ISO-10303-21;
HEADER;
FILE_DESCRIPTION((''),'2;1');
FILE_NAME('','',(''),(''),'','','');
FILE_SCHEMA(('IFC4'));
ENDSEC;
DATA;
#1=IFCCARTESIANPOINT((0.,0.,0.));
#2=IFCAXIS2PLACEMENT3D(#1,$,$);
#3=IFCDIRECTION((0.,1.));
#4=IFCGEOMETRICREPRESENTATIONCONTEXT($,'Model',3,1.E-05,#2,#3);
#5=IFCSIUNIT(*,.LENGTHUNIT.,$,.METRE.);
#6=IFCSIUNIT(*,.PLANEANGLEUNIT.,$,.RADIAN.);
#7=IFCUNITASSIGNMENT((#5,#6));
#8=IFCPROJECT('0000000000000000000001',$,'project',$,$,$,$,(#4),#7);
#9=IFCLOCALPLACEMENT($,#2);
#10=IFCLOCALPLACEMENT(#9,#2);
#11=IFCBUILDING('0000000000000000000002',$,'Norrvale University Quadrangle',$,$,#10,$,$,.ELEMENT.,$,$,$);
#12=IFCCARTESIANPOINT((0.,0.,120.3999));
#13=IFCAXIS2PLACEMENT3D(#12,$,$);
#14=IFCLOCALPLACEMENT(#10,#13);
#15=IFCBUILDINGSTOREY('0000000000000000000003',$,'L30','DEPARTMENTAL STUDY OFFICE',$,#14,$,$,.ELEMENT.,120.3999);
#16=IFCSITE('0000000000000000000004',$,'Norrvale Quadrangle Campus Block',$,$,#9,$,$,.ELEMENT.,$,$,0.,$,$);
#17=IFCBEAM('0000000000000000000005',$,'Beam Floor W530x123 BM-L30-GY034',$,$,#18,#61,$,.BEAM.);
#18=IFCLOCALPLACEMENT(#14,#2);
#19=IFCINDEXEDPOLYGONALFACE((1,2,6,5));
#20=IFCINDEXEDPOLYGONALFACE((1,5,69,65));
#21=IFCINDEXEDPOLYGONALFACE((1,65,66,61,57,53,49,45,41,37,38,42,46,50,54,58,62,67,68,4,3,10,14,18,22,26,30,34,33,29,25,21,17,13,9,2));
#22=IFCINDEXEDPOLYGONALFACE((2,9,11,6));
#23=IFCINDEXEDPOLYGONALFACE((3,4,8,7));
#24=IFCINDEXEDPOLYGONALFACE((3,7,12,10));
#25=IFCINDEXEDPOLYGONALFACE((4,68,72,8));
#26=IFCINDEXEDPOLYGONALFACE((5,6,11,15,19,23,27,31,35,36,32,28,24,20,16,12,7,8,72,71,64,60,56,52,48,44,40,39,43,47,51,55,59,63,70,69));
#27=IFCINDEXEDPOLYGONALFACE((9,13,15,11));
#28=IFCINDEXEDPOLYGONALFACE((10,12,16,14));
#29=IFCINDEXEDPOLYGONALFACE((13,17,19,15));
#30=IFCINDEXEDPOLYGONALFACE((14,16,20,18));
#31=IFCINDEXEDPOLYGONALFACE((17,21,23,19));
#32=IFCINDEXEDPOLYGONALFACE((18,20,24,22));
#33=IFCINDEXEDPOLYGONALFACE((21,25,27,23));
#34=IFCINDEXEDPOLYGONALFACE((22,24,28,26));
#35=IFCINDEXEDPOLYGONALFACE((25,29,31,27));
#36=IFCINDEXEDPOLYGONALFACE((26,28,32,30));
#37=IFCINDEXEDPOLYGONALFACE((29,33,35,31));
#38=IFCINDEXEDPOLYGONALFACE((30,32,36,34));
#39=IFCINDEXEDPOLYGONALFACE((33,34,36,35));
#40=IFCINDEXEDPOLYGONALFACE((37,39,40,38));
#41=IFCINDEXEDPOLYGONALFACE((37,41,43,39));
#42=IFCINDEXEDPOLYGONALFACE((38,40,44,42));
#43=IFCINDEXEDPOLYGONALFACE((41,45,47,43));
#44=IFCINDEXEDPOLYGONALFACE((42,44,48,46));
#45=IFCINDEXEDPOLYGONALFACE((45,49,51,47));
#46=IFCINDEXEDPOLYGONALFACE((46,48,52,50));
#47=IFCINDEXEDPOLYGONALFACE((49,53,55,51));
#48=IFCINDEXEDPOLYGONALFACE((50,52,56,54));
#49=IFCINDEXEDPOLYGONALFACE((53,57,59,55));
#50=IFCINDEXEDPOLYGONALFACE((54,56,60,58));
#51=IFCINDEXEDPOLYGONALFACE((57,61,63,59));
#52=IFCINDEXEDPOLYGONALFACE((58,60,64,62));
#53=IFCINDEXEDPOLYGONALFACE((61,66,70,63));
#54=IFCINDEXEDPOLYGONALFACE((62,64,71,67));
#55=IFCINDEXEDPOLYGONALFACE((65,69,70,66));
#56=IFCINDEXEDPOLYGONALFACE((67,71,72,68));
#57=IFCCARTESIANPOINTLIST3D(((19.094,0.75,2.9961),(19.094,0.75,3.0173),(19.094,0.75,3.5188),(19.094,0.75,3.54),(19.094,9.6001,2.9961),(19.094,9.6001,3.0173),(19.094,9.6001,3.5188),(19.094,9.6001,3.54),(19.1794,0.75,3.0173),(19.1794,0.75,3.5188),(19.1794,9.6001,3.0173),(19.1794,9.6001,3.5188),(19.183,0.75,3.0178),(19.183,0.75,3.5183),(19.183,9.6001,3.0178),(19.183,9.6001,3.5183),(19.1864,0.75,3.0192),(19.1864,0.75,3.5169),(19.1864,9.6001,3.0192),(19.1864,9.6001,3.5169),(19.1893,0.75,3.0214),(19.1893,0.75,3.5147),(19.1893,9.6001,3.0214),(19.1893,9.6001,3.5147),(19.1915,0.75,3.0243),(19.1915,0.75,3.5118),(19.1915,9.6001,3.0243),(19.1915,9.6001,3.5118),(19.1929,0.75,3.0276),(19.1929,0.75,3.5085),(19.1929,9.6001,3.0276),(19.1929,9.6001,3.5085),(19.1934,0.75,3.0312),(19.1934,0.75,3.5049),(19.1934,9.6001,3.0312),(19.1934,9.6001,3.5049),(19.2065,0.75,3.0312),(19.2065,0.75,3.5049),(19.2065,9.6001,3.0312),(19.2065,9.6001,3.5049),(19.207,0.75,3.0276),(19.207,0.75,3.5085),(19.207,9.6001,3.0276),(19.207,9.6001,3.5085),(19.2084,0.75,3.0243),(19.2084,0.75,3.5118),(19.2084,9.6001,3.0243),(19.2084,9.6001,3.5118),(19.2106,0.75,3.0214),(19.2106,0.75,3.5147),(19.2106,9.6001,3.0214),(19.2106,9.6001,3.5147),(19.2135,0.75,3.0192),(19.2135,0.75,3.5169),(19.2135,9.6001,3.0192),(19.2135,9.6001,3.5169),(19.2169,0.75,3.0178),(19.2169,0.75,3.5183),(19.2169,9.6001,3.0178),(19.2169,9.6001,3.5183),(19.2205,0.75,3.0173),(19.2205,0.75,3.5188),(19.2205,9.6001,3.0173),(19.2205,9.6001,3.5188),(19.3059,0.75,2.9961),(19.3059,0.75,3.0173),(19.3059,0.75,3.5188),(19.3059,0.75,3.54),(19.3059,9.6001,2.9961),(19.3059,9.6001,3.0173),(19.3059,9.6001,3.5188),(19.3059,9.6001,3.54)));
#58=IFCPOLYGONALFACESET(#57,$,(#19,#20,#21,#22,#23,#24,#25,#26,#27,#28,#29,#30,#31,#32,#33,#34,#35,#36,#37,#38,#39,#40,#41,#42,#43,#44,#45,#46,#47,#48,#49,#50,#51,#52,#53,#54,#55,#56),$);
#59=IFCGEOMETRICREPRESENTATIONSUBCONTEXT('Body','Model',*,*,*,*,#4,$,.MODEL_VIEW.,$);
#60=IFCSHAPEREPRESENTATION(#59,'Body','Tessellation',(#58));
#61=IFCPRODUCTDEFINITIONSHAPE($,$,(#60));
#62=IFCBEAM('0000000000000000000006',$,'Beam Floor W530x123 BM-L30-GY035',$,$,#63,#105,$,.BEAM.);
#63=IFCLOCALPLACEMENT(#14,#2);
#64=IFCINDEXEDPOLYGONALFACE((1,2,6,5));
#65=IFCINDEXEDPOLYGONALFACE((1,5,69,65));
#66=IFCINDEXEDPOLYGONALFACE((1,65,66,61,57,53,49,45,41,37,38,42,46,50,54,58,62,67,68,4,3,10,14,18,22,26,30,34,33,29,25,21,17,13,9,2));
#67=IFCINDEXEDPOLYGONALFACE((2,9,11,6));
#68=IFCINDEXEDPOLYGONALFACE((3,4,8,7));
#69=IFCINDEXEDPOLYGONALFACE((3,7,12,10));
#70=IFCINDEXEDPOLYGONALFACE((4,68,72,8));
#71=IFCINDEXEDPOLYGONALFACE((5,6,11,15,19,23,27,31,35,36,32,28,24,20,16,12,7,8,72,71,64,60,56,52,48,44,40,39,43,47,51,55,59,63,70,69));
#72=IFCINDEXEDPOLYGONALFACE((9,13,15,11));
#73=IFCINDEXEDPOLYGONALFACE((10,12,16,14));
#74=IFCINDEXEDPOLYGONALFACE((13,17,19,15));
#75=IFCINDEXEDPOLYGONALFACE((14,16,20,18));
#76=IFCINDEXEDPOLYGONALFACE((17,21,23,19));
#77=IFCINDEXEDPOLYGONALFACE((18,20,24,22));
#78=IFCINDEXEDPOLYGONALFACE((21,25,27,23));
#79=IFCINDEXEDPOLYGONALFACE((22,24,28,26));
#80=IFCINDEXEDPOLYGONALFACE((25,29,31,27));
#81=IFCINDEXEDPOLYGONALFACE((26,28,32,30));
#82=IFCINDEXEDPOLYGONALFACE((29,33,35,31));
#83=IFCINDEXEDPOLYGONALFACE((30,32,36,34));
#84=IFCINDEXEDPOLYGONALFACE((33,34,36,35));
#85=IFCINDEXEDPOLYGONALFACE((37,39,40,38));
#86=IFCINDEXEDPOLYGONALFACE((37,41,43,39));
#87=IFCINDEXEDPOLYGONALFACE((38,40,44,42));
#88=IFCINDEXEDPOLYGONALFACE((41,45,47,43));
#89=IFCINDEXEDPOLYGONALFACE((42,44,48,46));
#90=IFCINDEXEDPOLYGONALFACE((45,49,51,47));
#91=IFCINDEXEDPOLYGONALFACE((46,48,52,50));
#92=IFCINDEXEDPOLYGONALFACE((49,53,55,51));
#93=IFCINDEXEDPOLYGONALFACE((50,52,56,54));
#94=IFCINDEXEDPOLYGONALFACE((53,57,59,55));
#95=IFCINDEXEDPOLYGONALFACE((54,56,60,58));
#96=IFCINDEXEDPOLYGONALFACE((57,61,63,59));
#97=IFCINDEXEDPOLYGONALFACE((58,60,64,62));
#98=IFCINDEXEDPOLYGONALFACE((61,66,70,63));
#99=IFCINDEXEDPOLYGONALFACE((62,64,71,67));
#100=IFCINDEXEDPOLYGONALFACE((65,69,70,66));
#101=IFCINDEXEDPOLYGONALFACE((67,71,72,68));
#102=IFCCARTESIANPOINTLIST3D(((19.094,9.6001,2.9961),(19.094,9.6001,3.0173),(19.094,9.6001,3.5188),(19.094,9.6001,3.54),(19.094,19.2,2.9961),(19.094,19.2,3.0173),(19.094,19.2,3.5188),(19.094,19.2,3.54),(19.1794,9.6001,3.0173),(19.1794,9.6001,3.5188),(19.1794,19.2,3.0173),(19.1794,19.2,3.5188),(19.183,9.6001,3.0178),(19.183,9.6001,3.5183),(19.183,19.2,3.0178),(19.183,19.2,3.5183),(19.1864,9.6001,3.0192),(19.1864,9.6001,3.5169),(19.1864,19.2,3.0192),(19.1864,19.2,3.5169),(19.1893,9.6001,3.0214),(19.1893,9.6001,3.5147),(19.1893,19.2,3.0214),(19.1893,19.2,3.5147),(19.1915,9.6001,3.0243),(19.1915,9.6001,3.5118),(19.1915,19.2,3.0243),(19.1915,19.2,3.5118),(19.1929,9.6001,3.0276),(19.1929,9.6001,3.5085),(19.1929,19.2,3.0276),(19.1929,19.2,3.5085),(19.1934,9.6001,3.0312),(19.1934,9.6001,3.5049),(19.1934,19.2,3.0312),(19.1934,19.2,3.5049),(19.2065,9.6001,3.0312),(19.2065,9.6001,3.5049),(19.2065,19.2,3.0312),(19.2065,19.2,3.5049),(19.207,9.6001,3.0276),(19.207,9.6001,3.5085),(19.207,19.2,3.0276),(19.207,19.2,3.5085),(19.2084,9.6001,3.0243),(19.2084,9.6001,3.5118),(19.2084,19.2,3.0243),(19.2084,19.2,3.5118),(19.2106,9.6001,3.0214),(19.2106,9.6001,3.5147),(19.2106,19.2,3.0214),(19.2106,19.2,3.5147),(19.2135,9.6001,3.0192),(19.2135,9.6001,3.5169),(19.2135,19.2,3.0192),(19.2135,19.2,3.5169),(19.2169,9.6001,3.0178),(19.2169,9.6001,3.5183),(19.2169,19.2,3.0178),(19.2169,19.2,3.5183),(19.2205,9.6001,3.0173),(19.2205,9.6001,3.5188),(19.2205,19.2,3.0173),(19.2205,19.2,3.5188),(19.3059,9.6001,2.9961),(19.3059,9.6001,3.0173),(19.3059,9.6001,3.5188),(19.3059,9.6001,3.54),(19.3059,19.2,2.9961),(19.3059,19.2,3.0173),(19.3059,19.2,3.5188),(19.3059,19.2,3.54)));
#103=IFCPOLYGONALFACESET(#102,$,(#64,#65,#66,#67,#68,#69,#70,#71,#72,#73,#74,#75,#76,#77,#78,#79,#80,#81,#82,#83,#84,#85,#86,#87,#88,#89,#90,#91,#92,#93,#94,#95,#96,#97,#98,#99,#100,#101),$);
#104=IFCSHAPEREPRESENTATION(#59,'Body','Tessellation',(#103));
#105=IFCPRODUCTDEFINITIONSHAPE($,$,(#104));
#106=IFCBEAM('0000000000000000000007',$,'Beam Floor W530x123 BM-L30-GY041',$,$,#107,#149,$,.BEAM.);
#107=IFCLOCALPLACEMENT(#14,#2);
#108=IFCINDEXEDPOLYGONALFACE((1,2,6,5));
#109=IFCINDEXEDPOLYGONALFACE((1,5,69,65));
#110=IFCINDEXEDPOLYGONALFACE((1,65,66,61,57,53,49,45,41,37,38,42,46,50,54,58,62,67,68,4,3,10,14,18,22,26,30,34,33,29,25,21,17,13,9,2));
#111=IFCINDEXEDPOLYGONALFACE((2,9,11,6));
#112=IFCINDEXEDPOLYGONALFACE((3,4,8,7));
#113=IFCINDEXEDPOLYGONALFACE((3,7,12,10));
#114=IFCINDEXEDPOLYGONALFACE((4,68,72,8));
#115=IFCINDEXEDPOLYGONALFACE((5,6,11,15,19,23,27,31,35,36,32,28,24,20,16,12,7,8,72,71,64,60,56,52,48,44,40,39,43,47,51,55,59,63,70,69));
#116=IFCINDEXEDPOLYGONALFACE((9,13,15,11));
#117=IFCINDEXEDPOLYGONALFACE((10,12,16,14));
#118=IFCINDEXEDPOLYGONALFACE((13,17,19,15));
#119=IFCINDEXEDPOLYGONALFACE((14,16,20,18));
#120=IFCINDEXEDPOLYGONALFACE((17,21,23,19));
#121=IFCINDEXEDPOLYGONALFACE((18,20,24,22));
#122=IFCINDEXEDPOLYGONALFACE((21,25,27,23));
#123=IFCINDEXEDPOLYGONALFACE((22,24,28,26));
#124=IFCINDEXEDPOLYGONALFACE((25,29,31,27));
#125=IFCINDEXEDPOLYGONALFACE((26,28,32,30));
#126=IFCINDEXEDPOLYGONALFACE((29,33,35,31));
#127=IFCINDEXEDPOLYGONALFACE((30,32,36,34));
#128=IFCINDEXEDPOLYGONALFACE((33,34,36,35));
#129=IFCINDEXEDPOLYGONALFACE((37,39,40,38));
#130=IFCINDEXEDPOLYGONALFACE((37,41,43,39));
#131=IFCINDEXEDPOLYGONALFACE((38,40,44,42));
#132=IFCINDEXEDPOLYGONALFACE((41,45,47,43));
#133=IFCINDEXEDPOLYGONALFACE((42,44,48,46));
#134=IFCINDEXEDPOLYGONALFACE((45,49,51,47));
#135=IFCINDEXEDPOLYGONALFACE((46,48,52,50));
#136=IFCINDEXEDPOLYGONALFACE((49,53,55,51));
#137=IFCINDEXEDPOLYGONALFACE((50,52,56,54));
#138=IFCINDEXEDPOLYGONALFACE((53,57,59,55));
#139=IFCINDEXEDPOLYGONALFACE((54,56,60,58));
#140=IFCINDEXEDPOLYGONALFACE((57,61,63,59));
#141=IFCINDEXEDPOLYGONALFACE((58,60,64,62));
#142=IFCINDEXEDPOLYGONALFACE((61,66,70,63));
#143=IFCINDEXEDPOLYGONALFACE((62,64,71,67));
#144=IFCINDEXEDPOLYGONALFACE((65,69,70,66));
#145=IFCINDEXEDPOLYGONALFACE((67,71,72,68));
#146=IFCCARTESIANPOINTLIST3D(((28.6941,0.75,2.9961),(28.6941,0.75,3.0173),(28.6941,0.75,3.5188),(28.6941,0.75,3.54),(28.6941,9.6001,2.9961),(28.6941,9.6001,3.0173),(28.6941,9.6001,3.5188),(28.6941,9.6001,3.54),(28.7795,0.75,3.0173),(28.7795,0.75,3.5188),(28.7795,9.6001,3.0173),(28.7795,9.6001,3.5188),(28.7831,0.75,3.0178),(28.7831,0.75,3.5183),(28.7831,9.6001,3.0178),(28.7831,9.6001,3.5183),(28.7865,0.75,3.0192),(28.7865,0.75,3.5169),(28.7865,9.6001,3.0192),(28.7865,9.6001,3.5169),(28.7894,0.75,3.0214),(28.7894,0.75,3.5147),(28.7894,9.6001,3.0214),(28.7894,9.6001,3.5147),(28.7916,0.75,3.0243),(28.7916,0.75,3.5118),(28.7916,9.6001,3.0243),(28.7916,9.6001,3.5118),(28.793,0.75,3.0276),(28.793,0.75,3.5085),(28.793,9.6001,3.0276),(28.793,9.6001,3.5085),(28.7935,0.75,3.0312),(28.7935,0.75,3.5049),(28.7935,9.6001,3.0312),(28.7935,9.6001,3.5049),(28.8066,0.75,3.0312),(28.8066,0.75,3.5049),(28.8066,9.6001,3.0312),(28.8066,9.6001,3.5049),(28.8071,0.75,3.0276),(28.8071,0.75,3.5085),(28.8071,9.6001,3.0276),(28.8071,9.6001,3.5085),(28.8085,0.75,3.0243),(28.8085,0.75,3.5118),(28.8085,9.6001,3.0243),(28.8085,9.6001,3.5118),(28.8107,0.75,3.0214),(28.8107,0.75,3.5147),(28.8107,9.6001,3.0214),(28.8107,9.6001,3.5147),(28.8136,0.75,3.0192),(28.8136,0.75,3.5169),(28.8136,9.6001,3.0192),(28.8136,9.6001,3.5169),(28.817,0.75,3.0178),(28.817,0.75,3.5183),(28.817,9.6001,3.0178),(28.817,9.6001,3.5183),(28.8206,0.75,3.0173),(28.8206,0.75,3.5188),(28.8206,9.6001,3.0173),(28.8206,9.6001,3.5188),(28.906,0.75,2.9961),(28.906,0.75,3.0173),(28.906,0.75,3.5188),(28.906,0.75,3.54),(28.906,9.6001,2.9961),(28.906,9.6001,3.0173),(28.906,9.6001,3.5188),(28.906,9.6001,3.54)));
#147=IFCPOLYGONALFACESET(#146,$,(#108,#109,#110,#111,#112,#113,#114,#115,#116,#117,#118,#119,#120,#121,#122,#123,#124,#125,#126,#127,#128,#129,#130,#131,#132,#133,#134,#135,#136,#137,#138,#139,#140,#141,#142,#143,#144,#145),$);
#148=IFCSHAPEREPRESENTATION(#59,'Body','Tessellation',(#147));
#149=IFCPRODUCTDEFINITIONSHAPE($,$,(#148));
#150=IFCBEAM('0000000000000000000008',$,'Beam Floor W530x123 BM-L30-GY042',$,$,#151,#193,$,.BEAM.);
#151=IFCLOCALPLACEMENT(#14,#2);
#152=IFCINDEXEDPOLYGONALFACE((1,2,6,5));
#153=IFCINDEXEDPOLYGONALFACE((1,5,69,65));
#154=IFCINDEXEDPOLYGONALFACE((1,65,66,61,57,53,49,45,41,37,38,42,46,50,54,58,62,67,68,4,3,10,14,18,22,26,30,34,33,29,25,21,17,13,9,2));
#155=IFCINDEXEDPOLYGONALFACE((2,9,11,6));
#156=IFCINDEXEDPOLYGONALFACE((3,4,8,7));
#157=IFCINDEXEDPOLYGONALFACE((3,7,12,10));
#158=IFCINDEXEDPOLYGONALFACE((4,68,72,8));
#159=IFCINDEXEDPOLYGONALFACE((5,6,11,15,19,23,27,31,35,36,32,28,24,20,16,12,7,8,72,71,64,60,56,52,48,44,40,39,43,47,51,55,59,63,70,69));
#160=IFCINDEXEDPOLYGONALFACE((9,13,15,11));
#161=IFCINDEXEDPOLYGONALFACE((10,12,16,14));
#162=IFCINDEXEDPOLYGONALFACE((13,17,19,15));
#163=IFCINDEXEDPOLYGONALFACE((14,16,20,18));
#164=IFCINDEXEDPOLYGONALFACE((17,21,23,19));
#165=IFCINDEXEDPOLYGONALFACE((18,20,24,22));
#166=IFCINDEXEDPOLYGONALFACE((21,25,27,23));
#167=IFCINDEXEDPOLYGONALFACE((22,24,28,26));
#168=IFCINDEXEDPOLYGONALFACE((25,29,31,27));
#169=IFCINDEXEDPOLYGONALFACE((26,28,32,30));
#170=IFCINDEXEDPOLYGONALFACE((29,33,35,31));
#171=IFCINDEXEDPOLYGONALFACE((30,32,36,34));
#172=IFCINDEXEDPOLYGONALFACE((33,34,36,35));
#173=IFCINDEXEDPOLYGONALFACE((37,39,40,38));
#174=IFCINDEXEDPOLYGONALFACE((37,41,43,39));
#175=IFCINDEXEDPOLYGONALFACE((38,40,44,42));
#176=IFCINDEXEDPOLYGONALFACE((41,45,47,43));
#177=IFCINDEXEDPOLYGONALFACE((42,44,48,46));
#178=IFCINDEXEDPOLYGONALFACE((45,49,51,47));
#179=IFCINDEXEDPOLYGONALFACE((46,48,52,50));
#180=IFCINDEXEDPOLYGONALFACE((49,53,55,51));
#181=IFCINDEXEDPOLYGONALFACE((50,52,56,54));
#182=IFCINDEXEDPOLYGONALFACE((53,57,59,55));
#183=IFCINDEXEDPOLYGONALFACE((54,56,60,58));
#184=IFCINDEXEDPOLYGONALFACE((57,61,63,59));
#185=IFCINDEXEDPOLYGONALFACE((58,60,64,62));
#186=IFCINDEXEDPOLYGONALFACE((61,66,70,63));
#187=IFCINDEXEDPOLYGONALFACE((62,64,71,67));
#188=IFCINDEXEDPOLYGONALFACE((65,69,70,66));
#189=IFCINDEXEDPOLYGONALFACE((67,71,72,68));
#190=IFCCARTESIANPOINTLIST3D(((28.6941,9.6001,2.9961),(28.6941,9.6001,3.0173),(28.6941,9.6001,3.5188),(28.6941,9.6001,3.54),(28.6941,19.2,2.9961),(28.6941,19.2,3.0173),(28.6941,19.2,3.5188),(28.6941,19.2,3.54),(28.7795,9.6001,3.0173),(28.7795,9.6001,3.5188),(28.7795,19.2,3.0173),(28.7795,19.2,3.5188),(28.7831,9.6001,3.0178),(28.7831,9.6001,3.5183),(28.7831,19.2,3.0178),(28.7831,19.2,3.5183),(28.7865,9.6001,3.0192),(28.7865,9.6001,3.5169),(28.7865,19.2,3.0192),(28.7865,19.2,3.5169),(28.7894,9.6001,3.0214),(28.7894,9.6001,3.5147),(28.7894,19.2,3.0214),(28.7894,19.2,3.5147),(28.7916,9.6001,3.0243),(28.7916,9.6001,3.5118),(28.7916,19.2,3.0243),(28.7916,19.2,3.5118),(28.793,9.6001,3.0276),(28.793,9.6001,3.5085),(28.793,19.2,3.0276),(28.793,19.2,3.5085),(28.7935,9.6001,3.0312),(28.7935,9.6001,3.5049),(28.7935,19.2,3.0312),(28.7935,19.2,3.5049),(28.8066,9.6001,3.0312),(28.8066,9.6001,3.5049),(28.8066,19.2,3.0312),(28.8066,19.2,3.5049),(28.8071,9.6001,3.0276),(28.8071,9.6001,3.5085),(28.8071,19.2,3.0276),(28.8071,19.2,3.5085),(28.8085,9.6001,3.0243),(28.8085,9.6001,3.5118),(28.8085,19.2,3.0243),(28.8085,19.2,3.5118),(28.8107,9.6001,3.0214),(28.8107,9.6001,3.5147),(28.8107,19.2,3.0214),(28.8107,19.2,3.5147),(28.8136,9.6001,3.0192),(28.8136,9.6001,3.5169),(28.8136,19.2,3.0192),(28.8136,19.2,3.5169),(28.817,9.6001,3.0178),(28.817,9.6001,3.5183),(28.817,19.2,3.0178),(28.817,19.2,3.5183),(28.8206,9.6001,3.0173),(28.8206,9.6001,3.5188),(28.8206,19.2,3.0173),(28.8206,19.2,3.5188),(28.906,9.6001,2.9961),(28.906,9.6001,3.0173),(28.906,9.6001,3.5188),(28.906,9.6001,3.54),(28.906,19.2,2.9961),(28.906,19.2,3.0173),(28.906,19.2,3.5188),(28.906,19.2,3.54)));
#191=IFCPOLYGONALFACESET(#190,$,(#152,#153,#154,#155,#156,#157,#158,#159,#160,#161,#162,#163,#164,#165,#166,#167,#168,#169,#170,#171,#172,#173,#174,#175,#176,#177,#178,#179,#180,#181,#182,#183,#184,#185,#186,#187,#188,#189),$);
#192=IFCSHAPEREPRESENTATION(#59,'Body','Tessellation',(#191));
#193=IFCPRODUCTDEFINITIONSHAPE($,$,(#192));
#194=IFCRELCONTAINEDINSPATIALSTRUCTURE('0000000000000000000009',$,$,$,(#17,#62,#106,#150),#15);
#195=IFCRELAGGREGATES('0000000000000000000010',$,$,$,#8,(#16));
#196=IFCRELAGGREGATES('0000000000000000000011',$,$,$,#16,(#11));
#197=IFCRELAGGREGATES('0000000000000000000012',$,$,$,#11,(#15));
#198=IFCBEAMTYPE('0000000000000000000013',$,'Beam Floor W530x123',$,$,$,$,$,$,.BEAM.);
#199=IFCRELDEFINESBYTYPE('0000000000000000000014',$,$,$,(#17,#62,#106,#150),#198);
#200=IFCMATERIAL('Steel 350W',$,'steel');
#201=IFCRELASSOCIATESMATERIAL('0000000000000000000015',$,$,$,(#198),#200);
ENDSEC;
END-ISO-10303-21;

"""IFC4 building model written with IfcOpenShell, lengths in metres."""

from ifc_helpers import new_model, si_unit, direction, frame, origin, origin_2d, place, context, subcontext, project, spatial, i_section, extrude, material, material_profile, profile_set, type_object, element, save


model = new_model("IFC4")

# Units and contexts
model_context = context("Model", 3, precision=1e-05, world=origin(), true_north=direction((0.0, 1.0)))
body_context = subcontext(model_context, "Body", "Model", "MODEL_VIEW")
ifc_project = project(units=[si_unit("LENGTHUNIT", "METRE"), si_unit("PLANEANGLEUNIT", "RADIAN")], contexts=[model_context])

# Site, building, storey
site_placement = place(None, origin())
site = spatial("IfcSite", under=ifc_project, at=site_placement, Name="Norrvale Quadrangle Campus Block", CompositionType="ELEMENT", RefElevation=0.0)
building_placement = place(site_placement, origin())
building = spatial("IfcBuilding", under=site, at=building_placement, Name="Norrvale University Quadrangle", CompositionType="ELEMENT")
storey_placement = place(building_placement, frame((0.0, 0.0, 120.3999)))
storey = spatial("IfcBuildingStorey", under=building, at=storey_placement, Name="L30", Description="DEPARTMENTAL STUDY OFFICE", CompositionType="ELEMENT", Elevation=120.3999)

# Beams
ifc_material_1 = material(Name="Steel 350W", Category="steel")
ifc_material_profile_1 = material_profile(ifc_material_1, i_section(OverallWidth=0.2119, OverallDepth=0.5439, WebThickness=0.0132, FlangeThickness=0.0212, FilletRadius=0.0139, at=origin_2d()), Name="Steel 350W")
ifc_profile_set_1 = profile_set([ifc_material_profile_1], Name="Steel 350W")
beam_type_1 = type_object("IfcBeamType", Name="Beam Floor W530x123", PredefinedType="BEAM", material=ifc_profile_set_1)
beam_1_placement = place(storey_placement, frame((19.2, 0.75, 3.2681), z_axis=(0.0, 1.0, 0.0), x_axis=(-1.0, 0.0, 0.0)))
element("IfcBeam", 1, at=beam_1_placement, inside=storey, type_object=beam_type_1, Name="Beam Floor W530x123 BM-L30-GY034", PredefinedType="BEAM", context=body_context, shape_type="SweptSolid", body=[
    extrude(i_section(OverallWidth=0.2119, OverallDepth=0.5439, WebThickness=0.0132, FlangeThickness=0.0212, FilletRadius=0.0139, at=origin_2d()), origin(), (0.0, 0.0, 1.0), 8.8501),
])
beam_2_placement = place(storey_placement, frame((19.2, 9.6001, 3.2681), z_axis=(0.0, 1.0, 0.0), x_axis=(-1.0, 0.0, 0.0)))
element("IfcBeam", 2, at=beam_2_placement, inside=storey, type_object=beam_type_1, Name="Beam Floor W530x123 BM-L30-GY035", PredefinedType="BEAM", context=body_context, shape_type="SweptSolid", body=[
    extrude(i_section(OverallWidth=0.2119, OverallDepth=0.5439, WebThickness=0.0132, FlangeThickness=0.0212, FilletRadius=0.0139, at=origin_2d()), origin(), (0.0, 0.0, 1.0), 9.5999),
])
beam_3_placement = place(storey_placement, frame((28.8, 0.75, 3.2681), z_axis=(0.0, 1.0, 0.0), x_axis=(-1.0, 0.0, 0.0)))
element("IfcBeam", 3, at=beam_3_placement, inside=storey, type_object=beam_type_1, Name="Beam Floor W530x123 BM-L30-GY041", PredefinedType="BEAM", context=body_context, shape_type="SweptSolid", body=[
    extrude(i_section(OverallWidth=0.2119, OverallDepth=0.5439, WebThickness=0.0132, FlangeThickness=0.0212, FilletRadius=0.0139, at=origin_2d()), origin(), (0.0, 0.0, 1.0), 8.8501),
])
beam_4_placement = place(storey_placement, frame((28.8, 9.6001, 3.2681), z_axis=(0.0, 1.0, 0.0), x_axis=(-1.0, 0.0, 0.0)))
element("IfcBeam", 4, at=beam_4_placement, inside=storey, type_object=beam_type_1, Name="Beam Floor W530x123 BM-L30-GY042", PredefinedType="BEAM", context=body_context, shape_type="SweptSolid", body=[
    extrude(i_section(OverallWidth=0.2119, OverallDepth=0.5439, WebThickness=0.0132, FlangeThickness=0.0212, FilletRadius=0.0139, at=origin_2d()), origin(), (0.0, 0.0, 1.0), 9.5999),
])

save(model, "model.ifc")
